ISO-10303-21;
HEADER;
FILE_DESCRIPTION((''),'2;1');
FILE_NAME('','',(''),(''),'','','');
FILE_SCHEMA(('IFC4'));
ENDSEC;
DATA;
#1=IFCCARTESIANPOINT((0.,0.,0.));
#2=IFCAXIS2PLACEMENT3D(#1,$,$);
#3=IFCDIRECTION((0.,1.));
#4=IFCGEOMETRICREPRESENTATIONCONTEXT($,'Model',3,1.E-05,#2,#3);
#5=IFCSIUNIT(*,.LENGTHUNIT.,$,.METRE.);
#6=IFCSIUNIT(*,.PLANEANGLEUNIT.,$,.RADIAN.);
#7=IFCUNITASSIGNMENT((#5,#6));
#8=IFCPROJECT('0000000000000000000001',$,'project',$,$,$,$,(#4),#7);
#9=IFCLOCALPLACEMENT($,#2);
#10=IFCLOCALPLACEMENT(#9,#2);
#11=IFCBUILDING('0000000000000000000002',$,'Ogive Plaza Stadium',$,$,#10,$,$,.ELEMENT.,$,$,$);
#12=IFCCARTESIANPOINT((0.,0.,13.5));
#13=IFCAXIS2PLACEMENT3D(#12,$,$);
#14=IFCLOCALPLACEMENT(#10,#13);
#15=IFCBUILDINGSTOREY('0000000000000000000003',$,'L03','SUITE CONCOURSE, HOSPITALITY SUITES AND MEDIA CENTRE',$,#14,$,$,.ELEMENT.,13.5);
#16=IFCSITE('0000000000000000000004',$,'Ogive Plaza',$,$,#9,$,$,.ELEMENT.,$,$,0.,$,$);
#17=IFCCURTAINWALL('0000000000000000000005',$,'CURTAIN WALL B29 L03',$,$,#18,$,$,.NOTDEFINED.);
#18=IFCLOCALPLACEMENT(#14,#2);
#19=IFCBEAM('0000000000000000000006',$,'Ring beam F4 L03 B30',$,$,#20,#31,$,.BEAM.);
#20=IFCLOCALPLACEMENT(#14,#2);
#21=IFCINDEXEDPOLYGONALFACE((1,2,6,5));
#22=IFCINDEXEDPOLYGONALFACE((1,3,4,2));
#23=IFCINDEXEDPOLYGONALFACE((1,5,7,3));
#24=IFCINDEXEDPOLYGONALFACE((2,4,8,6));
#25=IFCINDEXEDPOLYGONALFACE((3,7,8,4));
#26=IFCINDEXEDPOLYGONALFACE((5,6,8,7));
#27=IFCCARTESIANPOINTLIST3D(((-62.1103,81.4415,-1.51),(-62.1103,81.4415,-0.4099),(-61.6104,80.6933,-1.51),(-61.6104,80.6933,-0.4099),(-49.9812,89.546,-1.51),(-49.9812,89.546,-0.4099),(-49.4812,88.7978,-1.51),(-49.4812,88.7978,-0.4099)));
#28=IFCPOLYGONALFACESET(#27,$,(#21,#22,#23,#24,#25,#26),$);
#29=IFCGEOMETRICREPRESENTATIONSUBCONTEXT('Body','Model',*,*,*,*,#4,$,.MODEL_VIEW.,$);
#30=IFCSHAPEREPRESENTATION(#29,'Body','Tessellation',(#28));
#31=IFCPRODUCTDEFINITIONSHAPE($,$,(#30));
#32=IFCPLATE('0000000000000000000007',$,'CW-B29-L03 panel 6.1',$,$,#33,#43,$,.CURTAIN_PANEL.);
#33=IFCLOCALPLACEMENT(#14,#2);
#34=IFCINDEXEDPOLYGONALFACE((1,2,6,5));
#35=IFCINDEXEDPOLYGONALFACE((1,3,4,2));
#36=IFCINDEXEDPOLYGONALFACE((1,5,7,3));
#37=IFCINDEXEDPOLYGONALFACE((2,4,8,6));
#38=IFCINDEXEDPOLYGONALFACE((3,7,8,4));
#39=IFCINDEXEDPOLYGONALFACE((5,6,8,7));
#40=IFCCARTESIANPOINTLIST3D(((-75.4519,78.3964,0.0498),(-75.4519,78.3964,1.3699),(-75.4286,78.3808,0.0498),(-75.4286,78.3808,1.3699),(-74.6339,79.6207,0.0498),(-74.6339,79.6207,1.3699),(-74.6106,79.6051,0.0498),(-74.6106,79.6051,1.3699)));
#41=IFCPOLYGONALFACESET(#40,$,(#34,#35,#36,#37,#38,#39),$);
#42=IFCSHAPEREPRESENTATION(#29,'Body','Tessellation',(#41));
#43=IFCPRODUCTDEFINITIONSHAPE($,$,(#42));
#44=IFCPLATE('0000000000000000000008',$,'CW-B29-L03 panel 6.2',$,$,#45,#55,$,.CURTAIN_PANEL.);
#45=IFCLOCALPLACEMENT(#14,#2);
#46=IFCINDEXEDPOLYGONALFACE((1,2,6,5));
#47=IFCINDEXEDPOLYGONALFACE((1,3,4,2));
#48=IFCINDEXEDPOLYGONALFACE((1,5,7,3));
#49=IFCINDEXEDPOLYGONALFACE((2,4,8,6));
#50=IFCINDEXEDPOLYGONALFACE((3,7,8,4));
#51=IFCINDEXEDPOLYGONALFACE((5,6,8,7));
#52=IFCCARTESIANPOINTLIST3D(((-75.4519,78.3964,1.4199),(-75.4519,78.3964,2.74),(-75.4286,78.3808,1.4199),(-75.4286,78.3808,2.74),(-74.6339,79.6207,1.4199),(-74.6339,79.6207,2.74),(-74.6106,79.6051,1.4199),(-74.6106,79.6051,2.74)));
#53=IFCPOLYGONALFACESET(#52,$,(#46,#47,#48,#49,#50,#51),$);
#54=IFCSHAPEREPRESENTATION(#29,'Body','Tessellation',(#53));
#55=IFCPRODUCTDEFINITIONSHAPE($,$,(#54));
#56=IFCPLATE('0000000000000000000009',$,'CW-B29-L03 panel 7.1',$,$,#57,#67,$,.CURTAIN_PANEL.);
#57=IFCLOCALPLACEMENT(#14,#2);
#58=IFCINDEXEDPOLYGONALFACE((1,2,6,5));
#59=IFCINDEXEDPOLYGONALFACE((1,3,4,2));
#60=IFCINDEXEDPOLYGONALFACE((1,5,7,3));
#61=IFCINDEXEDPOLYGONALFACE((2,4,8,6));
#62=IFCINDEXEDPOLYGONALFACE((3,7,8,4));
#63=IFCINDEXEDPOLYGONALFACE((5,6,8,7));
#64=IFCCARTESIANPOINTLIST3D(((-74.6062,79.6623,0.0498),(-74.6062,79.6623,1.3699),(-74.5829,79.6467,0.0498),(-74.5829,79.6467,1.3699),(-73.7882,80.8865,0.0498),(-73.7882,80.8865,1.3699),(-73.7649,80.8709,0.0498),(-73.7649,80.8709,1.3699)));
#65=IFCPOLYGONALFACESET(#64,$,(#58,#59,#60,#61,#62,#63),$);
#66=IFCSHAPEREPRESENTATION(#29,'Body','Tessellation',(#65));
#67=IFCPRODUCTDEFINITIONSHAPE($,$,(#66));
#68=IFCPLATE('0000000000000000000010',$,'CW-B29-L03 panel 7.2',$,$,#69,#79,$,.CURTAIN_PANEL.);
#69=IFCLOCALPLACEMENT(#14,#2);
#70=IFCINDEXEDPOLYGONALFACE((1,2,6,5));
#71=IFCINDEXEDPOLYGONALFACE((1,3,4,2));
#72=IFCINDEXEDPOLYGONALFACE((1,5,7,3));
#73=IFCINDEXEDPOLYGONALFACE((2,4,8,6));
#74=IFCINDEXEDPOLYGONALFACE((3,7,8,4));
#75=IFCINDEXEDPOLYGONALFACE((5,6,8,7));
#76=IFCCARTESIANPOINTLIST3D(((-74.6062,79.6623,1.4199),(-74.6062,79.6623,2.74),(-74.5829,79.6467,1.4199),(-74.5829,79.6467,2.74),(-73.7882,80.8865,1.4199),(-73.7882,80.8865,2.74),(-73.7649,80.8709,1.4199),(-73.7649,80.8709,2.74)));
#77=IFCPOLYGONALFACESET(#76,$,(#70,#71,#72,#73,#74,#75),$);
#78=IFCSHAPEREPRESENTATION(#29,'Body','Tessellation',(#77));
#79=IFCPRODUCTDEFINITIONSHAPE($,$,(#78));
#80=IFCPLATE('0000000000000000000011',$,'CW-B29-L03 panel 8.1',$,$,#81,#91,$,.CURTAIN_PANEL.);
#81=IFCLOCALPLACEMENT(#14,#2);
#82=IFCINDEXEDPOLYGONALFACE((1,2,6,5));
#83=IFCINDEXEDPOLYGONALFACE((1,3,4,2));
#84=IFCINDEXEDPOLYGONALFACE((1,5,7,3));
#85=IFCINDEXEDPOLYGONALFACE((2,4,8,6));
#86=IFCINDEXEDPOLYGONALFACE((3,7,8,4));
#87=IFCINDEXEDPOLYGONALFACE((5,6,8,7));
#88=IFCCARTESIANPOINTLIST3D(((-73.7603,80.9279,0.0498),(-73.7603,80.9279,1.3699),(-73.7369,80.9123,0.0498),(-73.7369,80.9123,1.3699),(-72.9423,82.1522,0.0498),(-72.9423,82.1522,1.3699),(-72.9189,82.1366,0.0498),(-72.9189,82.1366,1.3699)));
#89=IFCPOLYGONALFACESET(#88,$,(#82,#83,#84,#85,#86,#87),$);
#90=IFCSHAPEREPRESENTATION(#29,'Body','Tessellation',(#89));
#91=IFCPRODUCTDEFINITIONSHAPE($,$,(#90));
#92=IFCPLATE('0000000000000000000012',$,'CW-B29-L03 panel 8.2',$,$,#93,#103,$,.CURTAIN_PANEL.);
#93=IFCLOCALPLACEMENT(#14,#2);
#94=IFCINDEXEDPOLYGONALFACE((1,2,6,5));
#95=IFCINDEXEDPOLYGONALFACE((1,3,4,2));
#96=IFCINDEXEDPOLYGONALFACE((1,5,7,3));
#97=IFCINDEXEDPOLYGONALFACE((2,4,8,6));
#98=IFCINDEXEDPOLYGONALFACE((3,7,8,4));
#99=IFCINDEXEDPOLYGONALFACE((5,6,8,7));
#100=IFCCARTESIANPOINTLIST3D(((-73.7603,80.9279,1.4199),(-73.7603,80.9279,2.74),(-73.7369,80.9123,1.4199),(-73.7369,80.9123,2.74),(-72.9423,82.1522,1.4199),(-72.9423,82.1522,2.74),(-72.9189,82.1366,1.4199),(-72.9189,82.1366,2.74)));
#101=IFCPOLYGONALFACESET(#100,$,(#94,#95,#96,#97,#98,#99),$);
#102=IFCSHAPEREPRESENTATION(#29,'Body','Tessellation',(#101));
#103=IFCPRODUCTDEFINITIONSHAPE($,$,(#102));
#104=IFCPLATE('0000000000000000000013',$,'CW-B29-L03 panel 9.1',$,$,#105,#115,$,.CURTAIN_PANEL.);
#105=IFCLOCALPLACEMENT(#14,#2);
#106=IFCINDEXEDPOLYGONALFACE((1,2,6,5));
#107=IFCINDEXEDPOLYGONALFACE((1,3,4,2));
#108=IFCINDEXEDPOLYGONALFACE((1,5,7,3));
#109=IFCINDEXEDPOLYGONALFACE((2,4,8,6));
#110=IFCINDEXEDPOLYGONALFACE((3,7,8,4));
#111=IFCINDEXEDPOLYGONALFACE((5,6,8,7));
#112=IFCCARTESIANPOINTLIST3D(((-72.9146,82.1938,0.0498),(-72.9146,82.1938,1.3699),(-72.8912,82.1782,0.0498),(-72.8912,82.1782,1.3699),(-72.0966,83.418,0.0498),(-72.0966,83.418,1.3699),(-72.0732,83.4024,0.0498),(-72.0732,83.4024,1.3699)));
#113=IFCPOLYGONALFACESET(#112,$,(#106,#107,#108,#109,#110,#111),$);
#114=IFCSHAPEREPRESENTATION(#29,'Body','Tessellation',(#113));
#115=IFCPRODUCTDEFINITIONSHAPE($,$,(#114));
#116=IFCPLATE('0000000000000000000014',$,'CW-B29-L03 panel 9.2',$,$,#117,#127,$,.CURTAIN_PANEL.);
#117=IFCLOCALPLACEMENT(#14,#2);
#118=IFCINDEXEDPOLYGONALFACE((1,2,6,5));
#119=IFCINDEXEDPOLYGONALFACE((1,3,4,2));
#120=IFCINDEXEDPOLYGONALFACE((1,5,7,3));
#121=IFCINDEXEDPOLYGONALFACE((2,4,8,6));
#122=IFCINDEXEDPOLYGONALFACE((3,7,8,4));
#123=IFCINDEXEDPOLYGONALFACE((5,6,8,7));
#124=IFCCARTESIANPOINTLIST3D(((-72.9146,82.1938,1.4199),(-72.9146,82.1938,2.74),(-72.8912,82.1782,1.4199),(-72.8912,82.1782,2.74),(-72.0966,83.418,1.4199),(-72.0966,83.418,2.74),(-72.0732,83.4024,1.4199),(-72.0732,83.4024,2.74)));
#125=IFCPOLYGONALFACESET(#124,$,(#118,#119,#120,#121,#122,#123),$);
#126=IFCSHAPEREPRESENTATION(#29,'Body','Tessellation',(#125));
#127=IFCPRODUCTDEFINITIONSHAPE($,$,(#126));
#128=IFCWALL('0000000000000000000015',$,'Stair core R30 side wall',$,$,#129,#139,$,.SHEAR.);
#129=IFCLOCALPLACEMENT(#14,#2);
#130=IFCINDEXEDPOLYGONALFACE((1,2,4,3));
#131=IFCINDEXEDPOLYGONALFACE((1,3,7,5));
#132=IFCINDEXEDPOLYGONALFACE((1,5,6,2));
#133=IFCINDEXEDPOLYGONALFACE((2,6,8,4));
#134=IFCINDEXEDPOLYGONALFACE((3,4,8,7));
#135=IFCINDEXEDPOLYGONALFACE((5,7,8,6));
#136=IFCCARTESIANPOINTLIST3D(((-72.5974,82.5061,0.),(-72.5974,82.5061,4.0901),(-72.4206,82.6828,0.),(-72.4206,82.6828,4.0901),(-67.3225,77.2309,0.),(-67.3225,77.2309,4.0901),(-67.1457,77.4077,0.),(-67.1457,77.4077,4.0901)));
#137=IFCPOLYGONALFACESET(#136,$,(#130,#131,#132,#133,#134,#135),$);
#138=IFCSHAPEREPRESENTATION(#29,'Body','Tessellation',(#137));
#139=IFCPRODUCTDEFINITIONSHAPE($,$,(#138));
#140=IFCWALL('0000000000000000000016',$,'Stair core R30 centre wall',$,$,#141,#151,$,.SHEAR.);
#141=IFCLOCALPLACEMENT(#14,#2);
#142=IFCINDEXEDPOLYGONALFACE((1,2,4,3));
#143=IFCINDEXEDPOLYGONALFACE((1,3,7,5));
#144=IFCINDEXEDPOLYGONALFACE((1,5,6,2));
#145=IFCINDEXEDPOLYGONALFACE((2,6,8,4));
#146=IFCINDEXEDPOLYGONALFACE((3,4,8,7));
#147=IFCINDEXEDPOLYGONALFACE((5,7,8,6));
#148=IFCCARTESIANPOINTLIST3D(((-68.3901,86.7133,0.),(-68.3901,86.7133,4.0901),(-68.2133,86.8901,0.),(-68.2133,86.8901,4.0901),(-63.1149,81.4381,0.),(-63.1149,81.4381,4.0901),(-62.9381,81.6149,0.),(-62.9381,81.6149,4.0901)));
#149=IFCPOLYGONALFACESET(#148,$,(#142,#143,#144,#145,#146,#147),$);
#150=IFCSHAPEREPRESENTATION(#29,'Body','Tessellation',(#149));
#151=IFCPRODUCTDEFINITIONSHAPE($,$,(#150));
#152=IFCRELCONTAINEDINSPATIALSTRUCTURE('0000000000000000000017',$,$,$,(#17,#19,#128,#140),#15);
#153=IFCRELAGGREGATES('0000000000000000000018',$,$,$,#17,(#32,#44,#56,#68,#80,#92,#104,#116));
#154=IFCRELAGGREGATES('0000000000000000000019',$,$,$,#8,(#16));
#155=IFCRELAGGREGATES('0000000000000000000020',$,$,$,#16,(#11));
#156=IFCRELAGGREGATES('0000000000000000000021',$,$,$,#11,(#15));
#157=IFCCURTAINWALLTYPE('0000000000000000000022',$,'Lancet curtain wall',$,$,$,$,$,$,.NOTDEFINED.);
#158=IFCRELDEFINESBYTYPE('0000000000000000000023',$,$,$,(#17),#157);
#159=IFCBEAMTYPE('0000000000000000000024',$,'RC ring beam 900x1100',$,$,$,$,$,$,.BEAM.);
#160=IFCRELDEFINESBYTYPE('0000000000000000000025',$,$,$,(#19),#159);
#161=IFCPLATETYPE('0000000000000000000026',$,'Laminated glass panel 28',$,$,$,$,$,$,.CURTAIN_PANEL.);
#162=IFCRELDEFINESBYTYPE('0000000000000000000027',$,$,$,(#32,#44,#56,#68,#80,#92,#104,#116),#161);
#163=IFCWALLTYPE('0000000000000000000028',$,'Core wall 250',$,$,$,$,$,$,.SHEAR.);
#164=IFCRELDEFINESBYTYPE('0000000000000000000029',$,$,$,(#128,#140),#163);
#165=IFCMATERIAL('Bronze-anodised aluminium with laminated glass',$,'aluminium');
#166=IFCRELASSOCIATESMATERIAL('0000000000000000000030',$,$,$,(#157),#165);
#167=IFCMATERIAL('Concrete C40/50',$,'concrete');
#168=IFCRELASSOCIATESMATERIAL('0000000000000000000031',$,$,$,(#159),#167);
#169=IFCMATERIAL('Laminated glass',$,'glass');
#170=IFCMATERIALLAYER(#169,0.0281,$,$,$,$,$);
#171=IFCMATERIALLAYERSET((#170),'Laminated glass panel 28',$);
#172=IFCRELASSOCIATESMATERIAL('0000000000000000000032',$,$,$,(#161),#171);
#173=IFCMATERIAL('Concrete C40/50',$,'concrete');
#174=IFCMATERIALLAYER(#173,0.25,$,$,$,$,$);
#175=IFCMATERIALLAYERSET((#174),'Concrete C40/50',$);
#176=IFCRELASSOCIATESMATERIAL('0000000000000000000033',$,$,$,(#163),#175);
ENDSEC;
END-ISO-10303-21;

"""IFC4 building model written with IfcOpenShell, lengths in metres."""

from ifc_helpers import new_model, si_unit, direction, frame, frame_2d, origin, origin_2d, place, context, subcontext, project, spatial, rectangle, extrude, material, layer, layer_set, material_profile, profile_set, type_object, element, aggregate, save


model = new_model("IFC4")

# Units and contexts
model_context = context("Model", 3, precision=1e-05, world=origin(), true_north=direction((0.0, 1.0)))
body_context = subcontext(model_context, "Body", "Model", "MODEL_VIEW")
ifc_project = project(units=[si_unit("LENGTHUNIT", "METRE"), si_unit("PLANEANGLEUNIT", "RADIAN")], contexts=[model_context])

# Site, building, storey
site_placement = place(None, origin())
site = spatial("IfcSite", under=ifc_project, at=site_placement, Name="Ogive Plaza", CompositionType="ELEMENT", RefElevation=0.0)
building_placement = place(site_placement, origin())
building = spatial("IfcBuilding", under=site, at=building_placement, Name="Ogive Plaza Stadium", CompositionType="ELEMENT")
storey_placement = place(building_placement, frame((0.0, 0.0, 13.5)))
storey = spatial("IfcBuildingStorey", under=building, at=storey_placement, Name="L03", Description="SUITE CONCOURSE, HOSPITALITY SUITES AND MEDIA CENTRE", CompositionType="ELEMENT", Elevation=13.5)

# Curtain wall
ifc_material_1 = material(Name="Bronze-anodised aluminium with laminated glass", Category="aluminium")
curtain_wall_type = type_object("IfcCurtainWallType", Name="Lancet curtain wall", PredefinedType="NOTDEFINED", material=ifc_material_1)
curtain_wall_placement = place(storey_placement, origin())
curtain_wall = element("IfcCurtainWall", 1, at=curtain_wall_placement, inside=storey, type_object=curtain_wall_type, Name="CURTAIN WALL B29 L03", PredefinedType="NOTDEFINED")

# Beam
ifc_material_2 = material(Name="Concrete C40/50", Category="concrete")
ifc_material_profile_1 = material_profile(ifc_material_2, rectangle(XDim=0.8999, YDim=1.1001, at=origin_2d()), Name="RC 900x1100")
ifc_profile_set_1 = profile_set([ifc_material_profile_1], Name="Concrete C40/50")
beam_type = type_object("IfcBeamType", Name="RC ring beam 900x1100", PredefinedType="BEAM", material=ifc_profile_set_1)
beam_placement = place(storey_placement, frame((-61.8604, 81.0674, -0.96), z_axis=(0.831468, 0.555573, 0.0), x_axis=(-0.555573, 0.831468, 0.0)))
element("IfcBeam", 2, at=beam_placement, inside=storey, type_object=beam_type, Name="Ring beam F4 L03 B30", PredefinedType="BEAM", context=body_context, shape_type="SweptSolid", body=[
    extrude(rectangle(XDim=0.8999, YDim=1.1001, at=origin_2d()), origin(), (0.0, 0.0, 1.0), 14.5876),
])

# Plates
ifc_material_3 = material(Name="Laminated glass", Category="glass")
ifc_layer_1 = layer(ifc_material_3, 0.0281)
ifc_layer_set_1 = layer_set([ifc_layer_1], Name="Laminated glass panel 28")
plate_type = type_object("IfcPlateType", Name="Laminated glass panel 28", PredefinedType="CURTAIN_PANEL", material=ifc_layer_set_1)
plate_1_placement = place(storey_placement, frame((-75.0312, 79.0007, 0.0498), z_axis=(0.0, 0.0, 1.0), x_axis=(0.55557, 0.83147, 0.0)))
plate_1 = element("IfcPlate", 3, at=plate_1_placement, type_object=plate_type, Name="CW-B29-L03 panel 6.1", PredefinedType="CURTAIN_PANEL", context=body_context, shape_type="SweptSolid", body=[
    extrude(rectangle(XDim=1.4724, YDim=0.0281, at=origin_2d()), origin(), (0.0, 0.0, 1.0), 1.3201),
])
plate_2_placement = place(storey_placement, frame((-75.0312, 79.0007, 1.4199), z_axis=(0.0, 0.0, 1.0), x_axis=(0.55557, 0.83147, 0.0)))
plate_2 = element("IfcPlate", 4, at=plate_2_placement, type_object=plate_type, Name="CW-B29-L03 panel 6.2", PredefinedType="CURTAIN_PANEL", context=body_context, shape_type="SweptSolid", body=[
    extrude(rectangle(XDim=1.4724, YDim=0.0281, at=origin_2d()), origin(), (0.0, 0.0, 1.0), 1.3201),
])
plate_3_placement = place(storey_placement, frame((-74.1855, 80.2666, 0.0498), z_axis=(0.0, 0.0, 1.0), x_axis=(0.55557, 0.83147, 0.0)))
plate_3 = element("IfcPlate", 5, at=plate_3_placement, type_object=plate_type, Name="CW-B29-L03 panel 7.1", PredefinedType="CURTAIN_PANEL", context=body_context, shape_type="SweptSolid", body=[
    extrude(rectangle(XDim=1.4724, YDim=0.0281, at=origin_2d()), origin(), (0.0, 0.0, 1.0), 1.3201),
])
plate_4_placement = place(storey_placement, frame((-74.1855, 80.2666, 1.4199), z_axis=(0.0, 0.0, 1.0), x_axis=(0.55557, 0.83147, 0.0)))
plate_4 = element("IfcPlate", 6, at=plate_4_placement, type_object=plate_type, Name="CW-B29-L03 panel 7.2", PredefinedType="CURTAIN_PANEL", context=body_context, shape_type="SweptSolid", body=[
    extrude(rectangle(XDim=1.4724, YDim=0.0281, at=origin_2d()), origin(), (0.0, 0.0, 1.0), 1.3201),
])
plate_5_placement = place(storey_placement, frame((-73.3396, 81.5322, 0.0498), z_axis=(0.0, 0.0, 1.0), x_axis=(0.55557, 0.83147, 0.0)))
plate_5 = element("IfcPlate", 7, at=plate_5_placement, type_object=plate_type, Name="CW-B29-L03 panel 8.1", PredefinedType="CURTAIN_PANEL", context=body_context, shape_type="SweptSolid", body=[
    extrude(rectangle(XDim=1.4724, YDim=0.0281, at=origin_2d()), origin(), (0.0, 0.0, 1.0), 1.3201),
])
plate_6_placement = place(storey_placement, frame((-73.3396, 81.5322, 1.4199), z_axis=(0.0, 0.0, 1.0), x_axis=(0.55557, 0.83147, 0.0)))
plate_6 = element("IfcPlate", 8, at=plate_6_placement, type_object=plate_type, Name="CW-B29-L03 panel 8.2", PredefinedType="CURTAIN_PANEL", context=body_context, shape_type="SweptSolid", body=[
    extrude(rectangle(XDim=1.4724, YDim=0.0281, at=origin_2d()), origin(), (0.0, 0.0, 1.0), 1.3201),
])
plate_7_placement = place(storey_placement, frame((-72.4939, 82.7981, 0.0498), z_axis=(0.0, 0.0, 1.0), x_axis=(0.55557, 0.83147, 0.0)))
plate_7 = element("IfcPlate", 9, at=plate_7_placement, type_object=plate_type, Name="CW-B29-L03 panel 9.1", PredefinedType="CURTAIN_PANEL", context=body_context, shape_type="SweptSolid", body=[
    extrude(rectangle(XDim=1.4724, YDim=0.0281, at=origin_2d()), origin(), (0.0, 0.0, 1.0), 1.3201),
])
plate_8_placement = place(storey_placement, frame((-72.4939, 82.7981, 1.4199), z_axis=(0.0, 0.0, 1.0), x_axis=(0.55557, 0.83147, 0.0)))
plate_8 = element("IfcPlate", 10, at=plate_8_placement, type_object=plate_type, Name="CW-B29-L03 panel 9.2", PredefinedType="CURTAIN_PANEL", context=body_context, shape_type="SweptSolid", body=[
    extrude(rectangle(XDim=1.4724, YDim=0.0281, at=origin_2d()), origin(), (0.0, 0.0, 1.0), 1.3201),
])
aggregate(curtain_wall, [plate_1, plate_2, plate_3, plate_4, plate_5, plate_6, plate_7, plate_8])

# Walls
ifc_material_4 = material(Name="Concrete C40/50", Category="concrete")
ifc_layer_2 = layer(ifc_material_4, 0.25)
ifc_layer_set_2 = layer_set([ifc_layer_2], Name="Concrete C40/50")
wall_type = type_object("IfcWallType", Name="Core wall 250", PredefinedType="SHEAR", material=ifc_layer_set_2)
wall_1_placement = place(storey_placement, frame((-67.2341, 77.3193, 0.0), z_axis=(0.0, 0.0, 1.0), x_axis=(-0.70709, 0.707123, 0.0)))
element("IfcWall", 11, at=wall_1_placement, inside=storey, type_object=wall_type, Name="Stair core R30 side wall", PredefinedType="SHEAR", context=body_context, shape_type="SweptSolid", body=[
    extrude(rectangle(XDim=7.46, YDim=0.25, at=frame_2d((3.73, 0.0))), origin(), (0.0, 0.0, 1.0), 4.0901),
])
wall_2_placement = place(storey_placement, frame((-63.0266, 81.5266, 0.0), z_axis=(0.0, 0.0, 1.0), x_axis=(-0.707107, 0.707107, 0.0)))
element("IfcWall", 12, at=wall_2_placement, inside=storey, type_object=wall_type, Name="Stair core R30 centre wall", PredefinedType="SHEAR", context=body_context, shape_type="SweptSolid", body=[
    extrude(rectangle(XDim=7.4602, YDim=0.25, at=frame_2d((3.73, 0.0))), origin(), (0.0, 0.0, 1.0), 4.0901),
])

save(model, "model.ifc")
